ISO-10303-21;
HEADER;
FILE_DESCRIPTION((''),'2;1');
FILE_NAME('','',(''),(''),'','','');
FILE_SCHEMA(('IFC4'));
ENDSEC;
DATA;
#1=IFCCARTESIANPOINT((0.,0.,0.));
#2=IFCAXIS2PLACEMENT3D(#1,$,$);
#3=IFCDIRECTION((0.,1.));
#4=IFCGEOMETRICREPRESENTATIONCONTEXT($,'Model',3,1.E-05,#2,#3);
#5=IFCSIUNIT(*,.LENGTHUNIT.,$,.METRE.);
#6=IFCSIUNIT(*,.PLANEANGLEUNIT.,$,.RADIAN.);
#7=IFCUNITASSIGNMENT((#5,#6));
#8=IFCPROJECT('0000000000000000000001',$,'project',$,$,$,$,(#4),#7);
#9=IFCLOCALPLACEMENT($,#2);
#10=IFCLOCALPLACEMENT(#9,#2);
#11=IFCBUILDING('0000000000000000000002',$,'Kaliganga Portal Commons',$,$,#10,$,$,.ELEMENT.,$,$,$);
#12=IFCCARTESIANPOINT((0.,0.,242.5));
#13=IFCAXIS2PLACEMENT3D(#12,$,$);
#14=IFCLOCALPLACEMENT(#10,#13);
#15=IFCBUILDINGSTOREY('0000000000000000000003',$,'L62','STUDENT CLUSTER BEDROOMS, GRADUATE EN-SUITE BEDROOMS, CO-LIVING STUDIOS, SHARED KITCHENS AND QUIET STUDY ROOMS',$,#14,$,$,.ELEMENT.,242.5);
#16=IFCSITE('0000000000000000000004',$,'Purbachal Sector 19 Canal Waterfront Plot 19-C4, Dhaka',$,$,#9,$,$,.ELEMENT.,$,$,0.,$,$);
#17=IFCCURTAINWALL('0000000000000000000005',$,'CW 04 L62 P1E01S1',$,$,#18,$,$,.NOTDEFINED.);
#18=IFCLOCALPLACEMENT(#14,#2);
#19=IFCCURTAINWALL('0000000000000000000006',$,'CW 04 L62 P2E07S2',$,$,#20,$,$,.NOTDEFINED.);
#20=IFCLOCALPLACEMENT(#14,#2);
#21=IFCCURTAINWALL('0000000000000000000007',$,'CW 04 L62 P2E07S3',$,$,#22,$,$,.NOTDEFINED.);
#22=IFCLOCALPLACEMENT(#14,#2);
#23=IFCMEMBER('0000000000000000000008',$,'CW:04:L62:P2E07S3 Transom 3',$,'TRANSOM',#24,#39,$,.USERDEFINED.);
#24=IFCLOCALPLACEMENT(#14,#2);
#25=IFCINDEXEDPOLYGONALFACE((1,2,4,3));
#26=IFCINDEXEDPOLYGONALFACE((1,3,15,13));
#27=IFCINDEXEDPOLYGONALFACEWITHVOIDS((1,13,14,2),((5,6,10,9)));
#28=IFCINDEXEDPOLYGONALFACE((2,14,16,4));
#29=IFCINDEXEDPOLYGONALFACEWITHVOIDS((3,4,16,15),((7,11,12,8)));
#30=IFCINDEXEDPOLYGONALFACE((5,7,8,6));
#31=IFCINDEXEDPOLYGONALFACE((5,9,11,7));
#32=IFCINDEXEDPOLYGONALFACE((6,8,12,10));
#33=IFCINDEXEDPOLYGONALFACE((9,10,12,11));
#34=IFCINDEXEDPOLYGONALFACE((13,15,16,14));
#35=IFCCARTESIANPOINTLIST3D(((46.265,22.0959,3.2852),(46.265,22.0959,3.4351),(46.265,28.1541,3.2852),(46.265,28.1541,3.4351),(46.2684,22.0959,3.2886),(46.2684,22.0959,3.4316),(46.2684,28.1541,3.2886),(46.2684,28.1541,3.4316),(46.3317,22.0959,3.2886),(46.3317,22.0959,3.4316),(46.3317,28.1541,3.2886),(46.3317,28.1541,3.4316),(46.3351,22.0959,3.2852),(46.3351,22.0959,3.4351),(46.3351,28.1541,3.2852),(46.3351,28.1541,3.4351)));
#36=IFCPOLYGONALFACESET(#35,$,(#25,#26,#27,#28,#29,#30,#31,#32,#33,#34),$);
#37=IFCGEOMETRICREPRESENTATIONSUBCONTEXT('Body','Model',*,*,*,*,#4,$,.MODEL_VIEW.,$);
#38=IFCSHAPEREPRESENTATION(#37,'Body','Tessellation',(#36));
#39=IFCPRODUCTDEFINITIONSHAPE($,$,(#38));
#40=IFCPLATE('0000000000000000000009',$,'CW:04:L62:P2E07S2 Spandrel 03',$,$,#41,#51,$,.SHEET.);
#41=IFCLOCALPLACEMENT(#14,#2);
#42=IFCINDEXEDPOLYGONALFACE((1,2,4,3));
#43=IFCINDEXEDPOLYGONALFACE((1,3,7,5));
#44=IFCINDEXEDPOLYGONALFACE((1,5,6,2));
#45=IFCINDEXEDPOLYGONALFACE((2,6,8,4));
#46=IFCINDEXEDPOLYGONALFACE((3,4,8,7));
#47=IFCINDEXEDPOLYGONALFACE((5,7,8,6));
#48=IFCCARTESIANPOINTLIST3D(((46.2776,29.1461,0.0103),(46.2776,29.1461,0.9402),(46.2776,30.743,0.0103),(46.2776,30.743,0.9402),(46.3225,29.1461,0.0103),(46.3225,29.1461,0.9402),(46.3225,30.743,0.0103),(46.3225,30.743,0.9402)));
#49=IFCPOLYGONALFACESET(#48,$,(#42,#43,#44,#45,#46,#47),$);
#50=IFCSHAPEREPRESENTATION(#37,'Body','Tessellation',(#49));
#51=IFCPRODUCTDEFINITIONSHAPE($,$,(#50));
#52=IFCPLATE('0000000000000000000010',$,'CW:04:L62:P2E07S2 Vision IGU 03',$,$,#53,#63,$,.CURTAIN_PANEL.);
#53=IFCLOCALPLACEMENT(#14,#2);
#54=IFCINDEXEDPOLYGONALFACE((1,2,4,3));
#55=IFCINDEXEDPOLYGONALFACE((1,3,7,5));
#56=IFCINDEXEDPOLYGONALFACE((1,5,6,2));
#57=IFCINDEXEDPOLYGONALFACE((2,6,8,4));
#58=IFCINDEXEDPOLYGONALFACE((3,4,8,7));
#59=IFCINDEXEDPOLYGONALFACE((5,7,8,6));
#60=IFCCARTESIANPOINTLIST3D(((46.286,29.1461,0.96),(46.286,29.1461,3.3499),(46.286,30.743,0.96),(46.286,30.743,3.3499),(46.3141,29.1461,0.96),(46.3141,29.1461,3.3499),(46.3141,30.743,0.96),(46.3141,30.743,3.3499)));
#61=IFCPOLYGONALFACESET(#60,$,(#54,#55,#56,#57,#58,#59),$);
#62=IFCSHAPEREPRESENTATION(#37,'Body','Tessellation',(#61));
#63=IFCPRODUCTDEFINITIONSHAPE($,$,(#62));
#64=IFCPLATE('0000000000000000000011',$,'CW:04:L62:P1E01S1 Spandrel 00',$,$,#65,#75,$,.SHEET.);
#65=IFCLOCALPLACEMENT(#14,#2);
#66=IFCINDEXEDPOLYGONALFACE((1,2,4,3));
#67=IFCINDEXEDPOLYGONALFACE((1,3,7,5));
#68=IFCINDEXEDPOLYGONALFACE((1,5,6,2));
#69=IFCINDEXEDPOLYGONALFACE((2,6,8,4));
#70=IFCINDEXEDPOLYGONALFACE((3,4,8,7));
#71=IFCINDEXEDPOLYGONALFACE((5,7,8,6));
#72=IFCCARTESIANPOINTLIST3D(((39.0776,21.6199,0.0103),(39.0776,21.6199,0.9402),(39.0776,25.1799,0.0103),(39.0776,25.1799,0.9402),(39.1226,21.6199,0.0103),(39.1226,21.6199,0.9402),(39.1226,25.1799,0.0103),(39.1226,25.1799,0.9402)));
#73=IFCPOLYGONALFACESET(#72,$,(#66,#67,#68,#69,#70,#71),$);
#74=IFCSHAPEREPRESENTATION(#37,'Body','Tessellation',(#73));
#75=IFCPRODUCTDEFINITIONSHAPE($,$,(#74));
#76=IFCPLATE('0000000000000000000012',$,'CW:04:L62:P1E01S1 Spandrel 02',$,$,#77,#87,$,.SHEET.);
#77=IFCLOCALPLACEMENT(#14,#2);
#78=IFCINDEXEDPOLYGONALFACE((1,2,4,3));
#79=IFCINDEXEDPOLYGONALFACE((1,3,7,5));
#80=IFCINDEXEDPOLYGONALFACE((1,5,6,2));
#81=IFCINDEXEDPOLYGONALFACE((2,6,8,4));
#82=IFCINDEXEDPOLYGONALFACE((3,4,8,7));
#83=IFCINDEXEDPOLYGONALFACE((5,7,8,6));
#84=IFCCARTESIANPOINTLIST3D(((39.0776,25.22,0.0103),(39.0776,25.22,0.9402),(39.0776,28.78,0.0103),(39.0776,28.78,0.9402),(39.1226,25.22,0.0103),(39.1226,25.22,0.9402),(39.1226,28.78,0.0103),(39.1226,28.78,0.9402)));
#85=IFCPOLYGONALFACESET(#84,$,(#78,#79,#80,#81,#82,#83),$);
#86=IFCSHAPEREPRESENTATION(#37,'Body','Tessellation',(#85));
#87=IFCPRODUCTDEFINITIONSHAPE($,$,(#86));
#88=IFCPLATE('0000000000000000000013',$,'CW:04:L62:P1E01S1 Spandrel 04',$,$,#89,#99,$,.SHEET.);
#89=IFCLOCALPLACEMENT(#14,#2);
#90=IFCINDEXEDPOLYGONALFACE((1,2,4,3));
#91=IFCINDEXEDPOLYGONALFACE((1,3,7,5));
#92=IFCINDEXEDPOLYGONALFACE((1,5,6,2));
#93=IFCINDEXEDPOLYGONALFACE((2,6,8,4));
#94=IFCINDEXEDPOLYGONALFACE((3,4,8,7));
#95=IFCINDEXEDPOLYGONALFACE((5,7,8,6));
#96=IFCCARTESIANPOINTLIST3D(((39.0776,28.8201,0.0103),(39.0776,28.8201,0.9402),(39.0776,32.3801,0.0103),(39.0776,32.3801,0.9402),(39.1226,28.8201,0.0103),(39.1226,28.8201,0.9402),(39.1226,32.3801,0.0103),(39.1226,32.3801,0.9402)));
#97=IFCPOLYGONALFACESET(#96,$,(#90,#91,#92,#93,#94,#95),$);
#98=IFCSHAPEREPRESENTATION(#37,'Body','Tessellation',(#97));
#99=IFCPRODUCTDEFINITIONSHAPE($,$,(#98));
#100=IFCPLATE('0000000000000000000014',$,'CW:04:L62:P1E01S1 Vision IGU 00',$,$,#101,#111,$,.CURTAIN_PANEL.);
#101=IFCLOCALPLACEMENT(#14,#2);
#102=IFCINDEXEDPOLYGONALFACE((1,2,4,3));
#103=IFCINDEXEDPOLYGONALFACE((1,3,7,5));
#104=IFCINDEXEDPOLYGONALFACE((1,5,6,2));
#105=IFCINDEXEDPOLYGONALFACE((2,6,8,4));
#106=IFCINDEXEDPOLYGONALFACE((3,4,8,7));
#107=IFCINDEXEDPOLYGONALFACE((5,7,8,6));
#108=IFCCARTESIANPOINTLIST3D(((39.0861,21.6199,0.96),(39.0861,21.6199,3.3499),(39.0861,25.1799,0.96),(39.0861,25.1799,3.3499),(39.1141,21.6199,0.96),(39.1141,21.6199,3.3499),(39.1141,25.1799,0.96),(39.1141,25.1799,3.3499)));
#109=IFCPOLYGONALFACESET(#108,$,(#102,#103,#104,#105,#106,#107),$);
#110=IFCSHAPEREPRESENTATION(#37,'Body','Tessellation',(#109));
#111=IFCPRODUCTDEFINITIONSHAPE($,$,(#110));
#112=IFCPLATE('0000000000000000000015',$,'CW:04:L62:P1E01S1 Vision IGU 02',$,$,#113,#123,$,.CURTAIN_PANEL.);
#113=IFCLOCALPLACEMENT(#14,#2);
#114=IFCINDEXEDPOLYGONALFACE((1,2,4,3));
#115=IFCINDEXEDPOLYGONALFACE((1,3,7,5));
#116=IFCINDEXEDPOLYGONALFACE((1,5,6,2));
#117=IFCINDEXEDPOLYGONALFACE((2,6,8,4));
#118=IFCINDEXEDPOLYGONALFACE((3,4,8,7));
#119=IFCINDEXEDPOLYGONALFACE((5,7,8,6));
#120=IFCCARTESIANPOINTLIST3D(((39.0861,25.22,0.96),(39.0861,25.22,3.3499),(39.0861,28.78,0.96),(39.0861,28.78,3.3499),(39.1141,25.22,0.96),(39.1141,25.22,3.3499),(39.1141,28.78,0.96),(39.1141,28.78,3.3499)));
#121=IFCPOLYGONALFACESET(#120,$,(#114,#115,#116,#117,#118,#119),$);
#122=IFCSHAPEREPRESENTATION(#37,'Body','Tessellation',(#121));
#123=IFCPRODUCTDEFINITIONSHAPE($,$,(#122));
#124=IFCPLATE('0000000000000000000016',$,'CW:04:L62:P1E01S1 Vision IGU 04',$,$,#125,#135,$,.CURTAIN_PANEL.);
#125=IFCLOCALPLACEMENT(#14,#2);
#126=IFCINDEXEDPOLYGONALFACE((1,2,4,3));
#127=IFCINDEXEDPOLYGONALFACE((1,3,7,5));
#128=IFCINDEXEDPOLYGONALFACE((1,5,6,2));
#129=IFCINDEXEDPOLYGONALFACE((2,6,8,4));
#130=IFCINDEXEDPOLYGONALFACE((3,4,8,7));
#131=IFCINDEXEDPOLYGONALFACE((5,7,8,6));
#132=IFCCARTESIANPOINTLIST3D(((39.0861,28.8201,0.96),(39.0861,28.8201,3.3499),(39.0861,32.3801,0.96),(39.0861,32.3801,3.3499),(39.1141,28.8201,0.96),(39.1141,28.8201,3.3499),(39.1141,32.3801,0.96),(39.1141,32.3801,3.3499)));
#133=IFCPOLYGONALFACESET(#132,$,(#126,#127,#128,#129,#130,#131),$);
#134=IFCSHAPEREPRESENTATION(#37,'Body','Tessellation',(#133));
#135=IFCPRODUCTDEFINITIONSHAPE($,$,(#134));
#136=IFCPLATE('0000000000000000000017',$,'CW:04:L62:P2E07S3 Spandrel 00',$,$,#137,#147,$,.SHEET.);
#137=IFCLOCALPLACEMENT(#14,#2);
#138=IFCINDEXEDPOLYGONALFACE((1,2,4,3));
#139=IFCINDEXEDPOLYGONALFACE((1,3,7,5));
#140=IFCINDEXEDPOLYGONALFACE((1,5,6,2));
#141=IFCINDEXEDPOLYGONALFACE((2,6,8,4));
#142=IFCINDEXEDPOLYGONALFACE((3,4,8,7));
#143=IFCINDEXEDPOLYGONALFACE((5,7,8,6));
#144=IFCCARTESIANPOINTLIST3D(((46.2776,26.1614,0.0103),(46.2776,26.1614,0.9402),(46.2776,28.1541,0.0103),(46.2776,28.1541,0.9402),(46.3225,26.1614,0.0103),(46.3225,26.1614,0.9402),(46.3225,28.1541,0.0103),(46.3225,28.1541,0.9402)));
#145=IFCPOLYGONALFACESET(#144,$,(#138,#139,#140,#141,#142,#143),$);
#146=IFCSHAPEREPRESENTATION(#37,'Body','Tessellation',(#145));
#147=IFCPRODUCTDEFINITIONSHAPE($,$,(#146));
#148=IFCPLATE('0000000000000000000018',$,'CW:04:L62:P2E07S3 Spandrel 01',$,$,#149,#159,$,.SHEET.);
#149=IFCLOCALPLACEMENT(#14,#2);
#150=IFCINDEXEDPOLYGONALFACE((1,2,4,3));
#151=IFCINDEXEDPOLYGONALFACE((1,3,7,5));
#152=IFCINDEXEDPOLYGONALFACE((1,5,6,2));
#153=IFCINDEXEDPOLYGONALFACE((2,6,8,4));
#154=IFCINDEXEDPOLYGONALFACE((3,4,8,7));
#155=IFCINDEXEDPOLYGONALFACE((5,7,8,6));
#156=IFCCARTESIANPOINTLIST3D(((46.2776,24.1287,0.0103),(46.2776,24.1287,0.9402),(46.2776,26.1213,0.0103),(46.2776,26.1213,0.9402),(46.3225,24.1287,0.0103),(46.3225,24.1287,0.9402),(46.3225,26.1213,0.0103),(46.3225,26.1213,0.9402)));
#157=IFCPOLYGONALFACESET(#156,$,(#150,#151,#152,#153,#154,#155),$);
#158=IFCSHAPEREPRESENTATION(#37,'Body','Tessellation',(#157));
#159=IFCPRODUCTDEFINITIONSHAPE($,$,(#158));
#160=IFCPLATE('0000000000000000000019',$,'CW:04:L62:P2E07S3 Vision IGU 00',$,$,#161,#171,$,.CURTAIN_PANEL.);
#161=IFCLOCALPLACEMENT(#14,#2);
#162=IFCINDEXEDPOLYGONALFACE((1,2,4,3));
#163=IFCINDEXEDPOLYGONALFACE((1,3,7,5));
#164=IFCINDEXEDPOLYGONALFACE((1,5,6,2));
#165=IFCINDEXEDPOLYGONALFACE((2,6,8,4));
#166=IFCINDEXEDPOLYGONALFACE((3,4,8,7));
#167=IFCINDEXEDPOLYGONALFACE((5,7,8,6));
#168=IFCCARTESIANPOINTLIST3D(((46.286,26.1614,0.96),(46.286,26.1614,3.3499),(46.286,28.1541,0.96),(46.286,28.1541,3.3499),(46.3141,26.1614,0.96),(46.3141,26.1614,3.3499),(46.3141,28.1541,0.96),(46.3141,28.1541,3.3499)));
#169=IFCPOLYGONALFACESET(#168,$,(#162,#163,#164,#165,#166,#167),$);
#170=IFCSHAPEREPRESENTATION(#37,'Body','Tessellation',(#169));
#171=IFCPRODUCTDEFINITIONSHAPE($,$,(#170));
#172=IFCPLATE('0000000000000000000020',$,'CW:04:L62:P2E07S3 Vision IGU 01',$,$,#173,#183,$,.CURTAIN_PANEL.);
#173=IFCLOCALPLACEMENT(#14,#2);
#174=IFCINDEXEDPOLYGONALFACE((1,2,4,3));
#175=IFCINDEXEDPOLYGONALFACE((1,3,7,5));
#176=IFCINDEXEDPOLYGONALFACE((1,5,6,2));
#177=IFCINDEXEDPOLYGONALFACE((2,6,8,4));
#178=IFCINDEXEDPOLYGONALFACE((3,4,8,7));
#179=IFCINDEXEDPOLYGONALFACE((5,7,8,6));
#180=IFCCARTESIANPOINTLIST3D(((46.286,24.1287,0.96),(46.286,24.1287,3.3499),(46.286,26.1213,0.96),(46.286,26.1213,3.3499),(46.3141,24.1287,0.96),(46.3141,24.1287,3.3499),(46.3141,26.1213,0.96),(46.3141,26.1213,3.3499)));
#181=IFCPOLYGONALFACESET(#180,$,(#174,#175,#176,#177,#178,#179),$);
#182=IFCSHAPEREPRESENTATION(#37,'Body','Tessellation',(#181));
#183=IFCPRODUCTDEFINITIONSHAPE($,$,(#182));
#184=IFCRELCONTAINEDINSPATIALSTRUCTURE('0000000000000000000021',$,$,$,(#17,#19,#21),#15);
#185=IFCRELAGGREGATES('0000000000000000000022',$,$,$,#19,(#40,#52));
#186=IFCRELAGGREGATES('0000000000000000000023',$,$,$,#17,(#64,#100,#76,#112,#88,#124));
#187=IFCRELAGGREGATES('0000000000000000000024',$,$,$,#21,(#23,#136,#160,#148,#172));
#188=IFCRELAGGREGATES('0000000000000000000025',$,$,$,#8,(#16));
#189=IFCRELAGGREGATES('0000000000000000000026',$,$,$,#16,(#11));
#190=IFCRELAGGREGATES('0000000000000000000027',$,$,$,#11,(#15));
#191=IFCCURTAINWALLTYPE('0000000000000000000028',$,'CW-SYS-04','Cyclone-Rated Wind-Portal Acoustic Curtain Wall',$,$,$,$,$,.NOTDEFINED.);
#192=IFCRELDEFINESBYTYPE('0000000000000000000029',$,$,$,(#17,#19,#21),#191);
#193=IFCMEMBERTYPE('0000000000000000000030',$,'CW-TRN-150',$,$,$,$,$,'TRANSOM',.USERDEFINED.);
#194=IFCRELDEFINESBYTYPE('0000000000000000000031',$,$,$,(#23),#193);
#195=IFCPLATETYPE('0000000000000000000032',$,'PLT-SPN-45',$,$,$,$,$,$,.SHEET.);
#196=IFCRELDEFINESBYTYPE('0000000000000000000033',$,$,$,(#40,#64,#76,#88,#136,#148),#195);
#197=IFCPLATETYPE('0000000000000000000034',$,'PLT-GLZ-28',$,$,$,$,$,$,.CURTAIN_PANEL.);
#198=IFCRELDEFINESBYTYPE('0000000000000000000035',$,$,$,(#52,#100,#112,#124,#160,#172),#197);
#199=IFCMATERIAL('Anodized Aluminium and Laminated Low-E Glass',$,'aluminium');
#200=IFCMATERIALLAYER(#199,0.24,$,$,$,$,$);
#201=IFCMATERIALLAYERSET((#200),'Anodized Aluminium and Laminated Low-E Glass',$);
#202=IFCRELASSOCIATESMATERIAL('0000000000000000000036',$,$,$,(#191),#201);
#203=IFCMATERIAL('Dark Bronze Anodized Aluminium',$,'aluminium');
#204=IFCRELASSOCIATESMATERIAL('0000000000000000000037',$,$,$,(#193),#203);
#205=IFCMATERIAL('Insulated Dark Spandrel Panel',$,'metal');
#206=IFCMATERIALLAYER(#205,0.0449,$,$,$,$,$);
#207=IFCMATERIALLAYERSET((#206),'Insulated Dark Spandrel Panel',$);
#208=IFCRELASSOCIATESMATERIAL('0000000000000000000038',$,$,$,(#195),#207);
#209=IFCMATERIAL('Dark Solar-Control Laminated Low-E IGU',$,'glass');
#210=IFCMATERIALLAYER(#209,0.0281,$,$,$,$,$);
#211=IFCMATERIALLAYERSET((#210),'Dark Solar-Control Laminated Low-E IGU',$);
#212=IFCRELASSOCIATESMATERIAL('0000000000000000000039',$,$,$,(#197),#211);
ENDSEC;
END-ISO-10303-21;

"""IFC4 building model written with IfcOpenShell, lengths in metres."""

from ifc_helpers import new_model, si_unit, direction, frame, origin, origin_2d, place, context, subcontext, project, spatial, rectangle, hollow_rectangle, extrude, source, transform, mapped, material, layer, layer_set, material_profile, profile_set, type_object, element, aggregate, save


model = new_model("IFC4")

# Units and contexts
model_context = context("Model", 3, precision=1e-05, world=origin(), true_north=direction((0.0, 1.0)))
body_context = subcontext(model_context, "Body", "Model", "MODEL_VIEW")
ifc_project = project(units=[si_unit("LENGTHUNIT", "METRE"), si_unit("PLANEANGLEUNIT", "RADIAN")], contexts=[model_context])

# Site, building, storey
site_placement = place(None, origin())
site = spatial("IfcSite", under=ifc_project, at=site_placement, Name="Purbachal Sector 19 Canal Waterfront Plot 19-C4, Dhaka", CompositionType="ELEMENT", RefElevation=0.0)
building_placement = place(site_placement, origin())
building = spatial("IfcBuilding", under=site, at=building_placement, Name="Kaliganga Portal Commons", CompositionType="ELEMENT")
storey_placement = place(building_placement, frame((0.0, 0.0, 242.5)))
storey = spatial("IfcBuildingStorey", under=building, at=storey_placement, Name="L62", Description="STUDENT CLUSTER BEDROOMS, GRADUATE EN-SUITE BEDROOMS, CO-LIVING STUDIOS, SHARED KITCHENS AND QUIET STUDY ROOMS", CompositionType="ELEMENT", Elevation=242.5)

# Curtain wall
ifc_material_1 = material(Name="Anodized Aluminium and Laminated Low-E Glass", Category="aluminium")
ifc_layer_1 = layer(ifc_material_1, 0.24)
ifc_layer_set_1 = layer_set([ifc_layer_1], Name="Anodized Aluminium and Laminated Low-E Glass")
curtain_wall_type = type_object("IfcCurtainWallType", Name="CW-SYS-04", Description="Cyclone-Rated Wind-Portal Acoustic Curtain Wall", PredefinedType="NOTDEFINED", material=ifc_layer_set_1)
curtain_wall_1_placement = place(storey_placement, origin())
curtain_wall_1 = element("IfcCurtainWall", 1, at=curtain_wall_1_placement, inside=storey, type_object=curtain_wall_type, Name="CW 04 L62 P1E01S1", PredefinedType="NOTDEFINED")
ifc_material_2 = material(Name="Dark Bronze Anodized Aluminium", Category="aluminium")

# Curtain wall
curtain_wall_2_placement = place(storey_placement, origin())
curtain_wall_2 = element("IfcCurtainWall", 2, at=curtain_wall_2_placement, inside=storey, type_object=curtain_wall_type, Name="CW 04 L62 P2E07S2", PredefinedType="NOTDEFINED")

# Curtain wall, member
curtain_wall_3_placement = place(storey_placement, origin())
curtain_wall_3 = element("IfcCurtainWall", 3, at=curtain_wall_3_placement, inside=storey, type_object=curtain_wall_type, Name="CW 04 L62 P2E07S3", PredefinedType="NOTDEFINED")
ifc_material_profile_1 = material_profile(ifc_material_2, hollow_rectangle(XDim=0.0701, YDim=0.1499, WallThickness=0.0034, at=origin_2d()), Name="ALU TRAN 70x150x3.5")
ifc_profile_set_1 = profile_set([ifc_material_profile_1], Name="Dark Bronze Anodized Aluminium")
member_type_1 = type_object("IfcMemberType", Name="CW-TRN-150", ElementType="TRANSOM", PredefinedType="USERDEFINED", material=ifc_profile_set_1)
shared_shape_1 = source(origin(), body_context, "Body", "SweptSolid", [
    extrude(hollow_rectangle(XDim=0.0701, YDim=0.1499, WallThickness=0.0034, at=origin_2d()), origin(), (0.0, 0.0, 1.0), 6.0581),
])
member_1_placement = place(storey_placement, frame((46.3, 28.1541, 3.3601), z_axis=(0.0, -1.0, 0.0), x_axis=(1.0, 0.0, 0.0)))
member_1 = element("IfcMember", 4, at=member_1_placement, type_object=member_type_1, Name="CW:04:L62:P2E07S3 Transom 3", ObjectType="TRANSOM", PredefinedType="USERDEFINED", context=body_context, shape_type="MappedRepresentation", body=[
    mapped(shared_shape_1, transform((0.0, 0.0, 0.0), x_axis=(1.0, 0.0, 0.0), y_axis=(0.0, 1.0, 0.0), z_axis=(0.0, 0.0, 1.0), scale=1.0)),
])

# Plates
ifc_material_3 = material(Name="Insulated Dark Spandrel Panel", Category="metal")
ifc_layer_2 = layer(ifc_material_3, 0.0449)
ifc_layer_set_2 = layer_set([ifc_layer_2], Name="Insulated Dark Spandrel Panel")
plate_type_1 = type_object("IfcPlateType", Name="PLT-SPN-45", PredefinedType="SHEET", material=ifc_layer_set_2)
shared_shape_2 = source(origin(), body_context, "Body", "SweptSolid", [
    extrude(rectangle(XDim=1.5969, YDim=0.0449, at=origin_2d()), origin(), (0.0, 0.0, 1.0), 0.9299),
])
plate_1_placement = place(storey_placement, frame((46.3, 29.9446, 0.0103), z_axis=(0.0, 0.0, 1.0), x_axis=(0.0, -1.0, 0.0)))
plate_1 = element("IfcPlate", 5, at=plate_1_placement, type_object=plate_type_1, Name="CW:04:L62:P2E07S2 Spandrel 03", PredefinedType="SHEET", context=body_context, shape_type="MappedRepresentation", body=[
    mapped(shared_shape_2, transform((0.0, 0.0, 0.0), x_axis=(1.0, 0.0, 0.0), y_axis=(0.0, 1.0, 0.0), z_axis=(0.0, 0.0, 1.0), scale=1.0)),
])
ifc_material_4 = material(Name="Dark Solar-Control Laminated Low-E IGU", Category="glass")
ifc_layer_3 = layer(ifc_material_4, 0.0281)
ifc_layer_set_3 = layer_set([ifc_layer_3], Name="Dark Solar-Control Laminated Low-E IGU")
plate_type_2 = type_object("IfcPlateType", Name="PLT-GLZ-28", PredefinedType="CURTAIN_PANEL", material=ifc_layer_set_3)
shared_shape_3 = source(origin(), body_context, "Body", "SweptSolid", [
    extrude(rectangle(XDim=1.5969, YDim=0.0281, at=origin_2d()), origin(), (0.0, 0.0, 1.0), 2.3899),
])
plate_2_placement = place(storey_placement, frame((46.3, 29.9446, 0.96), z_axis=(0.0, 0.0, 1.0), x_axis=(0.0, -1.0, 0.0)))
plate_2 = element("IfcPlate", 6, at=plate_2_placement, type_object=plate_type_2, Name="CW:04:L62:P2E07S2 Vision IGU 03", PredefinedType="CURTAIN_PANEL", context=body_context, shape_type="MappedRepresentation", body=[
    mapped(shared_shape_3, transform((0.0, 0.0, 0.0), x_axis=(1.0, 0.0, 0.0), y_axis=(0.0, 1.0, 0.0), z_axis=(0.0, 0.0, 1.0), scale=1.0)),
])
aggregate(curtain_wall_2, [plate_1, plate_2])
shared_shape_4 = source(origin(), body_context, "Body", "SweptSolid", [
    extrude(rectangle(XDim=3.5601, YDim=0.0449, at=origin_2d()), origin(), (0.0, 0.0, 1.0), 0.9299),
])
plate_3_placement = place(storey_placement, frame((39.1001, 23.3999, 0.0103), z_axis=(0.0, 0.0, 1.0), x_axis=(0.0, 1.0, 0.0)))
plate_3 = element("IfcPlate", 7, at=plate_3_placement, type_object=plate_type_1, Name="CW:04:L62:P1E01S1 Spandrel 00", PredefinedType="SHEET", context=body_context, shape_type="MappedRepresentation", body=[
    mapped(shared_shape_4, transform((0.0, 0.0, 0.0), x_axis=(1.0, 0.0, 0.0), y_axis=(0.0, 1.0, 0.0), z_axis=(0.0, 0.0, 1.0), scale=1.0)),
])
plate_4_placement = place(storey_placement, frame((39.1001, 27.0, 0.0103), z_axis=(0.0, 0.0, 1.0), x_axis=(0.0, 1.0, 0.0)))
plate_4 = element("IfcPlate", 8, at=plate_4_placement, type_object=plate_type_1, Name="CW:04:L62:P1E01S1 Spandrel 02", PredefinedType="SHEET", context=body_context, shape_type="MappedRepresentation", body=[
    mapped(shared_shape_4, transform((0.0, 0.0, 0.0), x_axis=(1.0, 0.0, 0.0), y_axis=(0.0, 1.0, 0.0), z_axis=(0.0, 0.0, 1.0), scale=1.0)),
])
plate_5_placement = place(storey_placement, frame((39.1001, 30.6001, 0.0103), z_axis=(0.0, 0.0, 1.0), x_axis=(0.0, 1.0, 0.0)))
plate_5 = element("IfcPlate", 9, at=plate_5_placement, type_object=plate_type_1, Name="CW:04:L62:P1E01S1 Spandrel 04", PredefinedType="SHEET", context=body_context, shape_type="MappedRepresentation", body=[
    mapped(shared_shape_4, transform((0.0, 0.0, 0.0), x_axis=(1.0, 0.0, 0.0), y_axis=(0.0, 1.0, 0.0), z_axis=(0.0, 0.0, 1.0), scale=1.0)),
])
shared_shape_5 = source(origin(), body_context, "Body", "SweptSolid", [
    extrude(rectangle(XDim=3.5601, YDim=0.0281, at=origin_2d()), origin(), (0.0, 0.0, 1.0), 2.3899),
])
plate_6_placement = place(storey_placement, frame((39.1001, 23.3999, 0.96), z_axis=(0.0, 0.0, 1.0), x_axis=(0.0, 1.0, 0.0)))
plate_6 = element("IfcPlate", 10, at=plate_6_placement, type_object=plate_type_2, Name="CW:04:L62:P1E01S1 Vision IGU 00", PredefinedType="CURTAIN_PANEL", context=body_context, shape_type="MappedRepresentation", body=[
    mapped(shared_shape_5, transform((0.0, 0.0, 0.0), x_axis=(1.0, 0.0, 0.0), y_axis=(0.0, 1.0, 0.0), z_axis=(0.0, 0.0, 1.0), scale=1.0)),
])
plate_7_placement = place(storey_placement, frame((39.1001, 27.0, 0.96), z_axis=(0.0, 0.0, 1.0), x_axis=(0.0, 1.0, 0.0)))
plate_7 = element("IfcPlate", 11, at=plate_7_placement, type_object=plate_type_2, Name="CW:04:L62:P1E01S1 Vision IGU 02", PredefinedType="CURTAIN_PANEL", context=body_context, shape_type="MappedRepresentation", body=[
    mapped(shared_shape_5, transform((0.0, 0.0, 0.0), x_axis=(1.0, 0.0, 0.0), y_axis=(0.0, 1.0, 0.0), z_axis=(0.0, 0.0, 1.0), scale=1.0)),
])
plate_8_placement = place(storey_placement, frame((39.1001, 30.6001, 0.96), z_axis=(0.0, 0.0, 1.0), x_axis=(0.0, 1.0, 0.0)))
plate_8 = element("IfcPlate", 12, at=plate_8_placement, type_object=plate_type_2, Name="CW:04:L62:P1E01S1 Vision IGU 04", PredefinedType="CURTAIN_PANEL", context=body_context, shape_type="MappedRepresentation", body=[
    mapped(shared_shape_5, transform((0.0, 0.0, 0.0), x_axis=(1.0, 0.0, 0.0), y_axis=(0.0, 1.0, 0.0), z_axis=(0.0, 0.0, 1.0), scale=1.0)),
])
aggregate(curtain_wall_1, [plate_3, plate_6, plate_4, plate_7, plate_5, plate_8])
shared_shape_6 = source(origin(), body_context, "Body", "SweptSolid", [
    extrude(rectangle(XDim=1.9927, YDim=0.0449, at=origin_2d()), origin(), (0.0, 0.0, 1.0), 0.9299),
])
plate_9_placement = place(storey_placement, frame((46.3, 27.1577, 0.0103), z_axis=(0.0, 0.0, 1.0), x_axis=(0.0, -1.0, 0.0)))
plate_9 = element("IfcPlate", 13, at=plate_9_placement, type_object=plate_type_1, Name="CW:04:L62:P2E07S3 Spandrel 00", PredefinedType="SHEET", context=body_context, shape_type="MappedRepresentation", body=[
    mapped(shared_shape_6, transform((0.0, 0.0, 0.0), x_axis=(1.0, 0.0, 0.0), y_axis=(0.0, 1.0, 0.0), z_axis=(0.0, 0.0, 1.0), scale=1.0)),
])
plate_10_placement = place(storey_placement, frame((46.3, 25.125, 0.0103), z_axis=(0.0, 0.0, 1.0), x_axis=(0.0, -1.0, 0.0)))
plate_10 = element("IfcPlate", 14, at=plate_10_placement, type_object=plate_type_1, Name="CW:04:L62:P2E07S3 Spandrel 01", PredefinedType="SHEET", context=body_context, shape_type="MappedRepresentation", body=[
    mapped(shared_shape_6, transform((0.0, 0.0, 0.0), x_axis=(1.0, 0.0, 0.0), y_axis=(0.0, 1.0, 0.0), z_axis=(0.0, 0.0, 1.0), scale=1.0)),
])
shared_shape_7 = source(origin(), body_context, "Body", "SweptSolid", [
    extrude(rectangle(XDim=1.9927, YDim=0.0281, at=origin_2d()), origin(), (0.0, 0.0, 1.0), 2.3899),
])
plate_11_placement = place(storey_placement, frame((46.3, 27.1577, 0.96), z_axis=(0.0, 0.0, 1.0), x_axis=(0.0, -1.0, 0.0)))
plate_11 = element("IfcPlate", 15, at=plate_11_placement, type_object=plate_type_2, Name="CW:04:L62:P2E07S3 Vision IGU 00", PredefinedType="CURTAIN_PANEL", context=body_context, shape_type="MappedRepresentation", body=[
    mapped(shared_shape_7, transform((0.0, 0.0, 0.0), x_axis=(1.0, 0.0, 0.0), y_axis=(0.0, 1.0, 0.0), z_axis=(0.0, 0.0, 1.0), scale=1.0)),
])
plate_12_placement = place(storey_placement, frame((46.3, 25.125, 0.96), z_axis=(0.0, 0.0, 1.0), x_axis=(0.0, -1.0, 0.0)))
plate_12 = element("IfcPlate", 16, at=plate_12_placement, type_object=plate_type_2, Name="CW:04:L62:P2E07S3 Vision IGU 01", PredefinedType="CURTAIN_PANEL", context=body_context, shape_type="MappedRepresentation", body=[
    mapped(shared_shape_7, transform((0.0, 0.0, 0.0), x_axis=(1.0, 0.0, 0.0), y_axis=(0.0, 1.0, 0.0), z_axis=(0.0, 0.0, 1.0), scale=1.0)),
])
aggregate(curtain_wall_3, [member_1, plate_9, plate_11, plate_10, plate_12])

save(model, "model.ifc")
